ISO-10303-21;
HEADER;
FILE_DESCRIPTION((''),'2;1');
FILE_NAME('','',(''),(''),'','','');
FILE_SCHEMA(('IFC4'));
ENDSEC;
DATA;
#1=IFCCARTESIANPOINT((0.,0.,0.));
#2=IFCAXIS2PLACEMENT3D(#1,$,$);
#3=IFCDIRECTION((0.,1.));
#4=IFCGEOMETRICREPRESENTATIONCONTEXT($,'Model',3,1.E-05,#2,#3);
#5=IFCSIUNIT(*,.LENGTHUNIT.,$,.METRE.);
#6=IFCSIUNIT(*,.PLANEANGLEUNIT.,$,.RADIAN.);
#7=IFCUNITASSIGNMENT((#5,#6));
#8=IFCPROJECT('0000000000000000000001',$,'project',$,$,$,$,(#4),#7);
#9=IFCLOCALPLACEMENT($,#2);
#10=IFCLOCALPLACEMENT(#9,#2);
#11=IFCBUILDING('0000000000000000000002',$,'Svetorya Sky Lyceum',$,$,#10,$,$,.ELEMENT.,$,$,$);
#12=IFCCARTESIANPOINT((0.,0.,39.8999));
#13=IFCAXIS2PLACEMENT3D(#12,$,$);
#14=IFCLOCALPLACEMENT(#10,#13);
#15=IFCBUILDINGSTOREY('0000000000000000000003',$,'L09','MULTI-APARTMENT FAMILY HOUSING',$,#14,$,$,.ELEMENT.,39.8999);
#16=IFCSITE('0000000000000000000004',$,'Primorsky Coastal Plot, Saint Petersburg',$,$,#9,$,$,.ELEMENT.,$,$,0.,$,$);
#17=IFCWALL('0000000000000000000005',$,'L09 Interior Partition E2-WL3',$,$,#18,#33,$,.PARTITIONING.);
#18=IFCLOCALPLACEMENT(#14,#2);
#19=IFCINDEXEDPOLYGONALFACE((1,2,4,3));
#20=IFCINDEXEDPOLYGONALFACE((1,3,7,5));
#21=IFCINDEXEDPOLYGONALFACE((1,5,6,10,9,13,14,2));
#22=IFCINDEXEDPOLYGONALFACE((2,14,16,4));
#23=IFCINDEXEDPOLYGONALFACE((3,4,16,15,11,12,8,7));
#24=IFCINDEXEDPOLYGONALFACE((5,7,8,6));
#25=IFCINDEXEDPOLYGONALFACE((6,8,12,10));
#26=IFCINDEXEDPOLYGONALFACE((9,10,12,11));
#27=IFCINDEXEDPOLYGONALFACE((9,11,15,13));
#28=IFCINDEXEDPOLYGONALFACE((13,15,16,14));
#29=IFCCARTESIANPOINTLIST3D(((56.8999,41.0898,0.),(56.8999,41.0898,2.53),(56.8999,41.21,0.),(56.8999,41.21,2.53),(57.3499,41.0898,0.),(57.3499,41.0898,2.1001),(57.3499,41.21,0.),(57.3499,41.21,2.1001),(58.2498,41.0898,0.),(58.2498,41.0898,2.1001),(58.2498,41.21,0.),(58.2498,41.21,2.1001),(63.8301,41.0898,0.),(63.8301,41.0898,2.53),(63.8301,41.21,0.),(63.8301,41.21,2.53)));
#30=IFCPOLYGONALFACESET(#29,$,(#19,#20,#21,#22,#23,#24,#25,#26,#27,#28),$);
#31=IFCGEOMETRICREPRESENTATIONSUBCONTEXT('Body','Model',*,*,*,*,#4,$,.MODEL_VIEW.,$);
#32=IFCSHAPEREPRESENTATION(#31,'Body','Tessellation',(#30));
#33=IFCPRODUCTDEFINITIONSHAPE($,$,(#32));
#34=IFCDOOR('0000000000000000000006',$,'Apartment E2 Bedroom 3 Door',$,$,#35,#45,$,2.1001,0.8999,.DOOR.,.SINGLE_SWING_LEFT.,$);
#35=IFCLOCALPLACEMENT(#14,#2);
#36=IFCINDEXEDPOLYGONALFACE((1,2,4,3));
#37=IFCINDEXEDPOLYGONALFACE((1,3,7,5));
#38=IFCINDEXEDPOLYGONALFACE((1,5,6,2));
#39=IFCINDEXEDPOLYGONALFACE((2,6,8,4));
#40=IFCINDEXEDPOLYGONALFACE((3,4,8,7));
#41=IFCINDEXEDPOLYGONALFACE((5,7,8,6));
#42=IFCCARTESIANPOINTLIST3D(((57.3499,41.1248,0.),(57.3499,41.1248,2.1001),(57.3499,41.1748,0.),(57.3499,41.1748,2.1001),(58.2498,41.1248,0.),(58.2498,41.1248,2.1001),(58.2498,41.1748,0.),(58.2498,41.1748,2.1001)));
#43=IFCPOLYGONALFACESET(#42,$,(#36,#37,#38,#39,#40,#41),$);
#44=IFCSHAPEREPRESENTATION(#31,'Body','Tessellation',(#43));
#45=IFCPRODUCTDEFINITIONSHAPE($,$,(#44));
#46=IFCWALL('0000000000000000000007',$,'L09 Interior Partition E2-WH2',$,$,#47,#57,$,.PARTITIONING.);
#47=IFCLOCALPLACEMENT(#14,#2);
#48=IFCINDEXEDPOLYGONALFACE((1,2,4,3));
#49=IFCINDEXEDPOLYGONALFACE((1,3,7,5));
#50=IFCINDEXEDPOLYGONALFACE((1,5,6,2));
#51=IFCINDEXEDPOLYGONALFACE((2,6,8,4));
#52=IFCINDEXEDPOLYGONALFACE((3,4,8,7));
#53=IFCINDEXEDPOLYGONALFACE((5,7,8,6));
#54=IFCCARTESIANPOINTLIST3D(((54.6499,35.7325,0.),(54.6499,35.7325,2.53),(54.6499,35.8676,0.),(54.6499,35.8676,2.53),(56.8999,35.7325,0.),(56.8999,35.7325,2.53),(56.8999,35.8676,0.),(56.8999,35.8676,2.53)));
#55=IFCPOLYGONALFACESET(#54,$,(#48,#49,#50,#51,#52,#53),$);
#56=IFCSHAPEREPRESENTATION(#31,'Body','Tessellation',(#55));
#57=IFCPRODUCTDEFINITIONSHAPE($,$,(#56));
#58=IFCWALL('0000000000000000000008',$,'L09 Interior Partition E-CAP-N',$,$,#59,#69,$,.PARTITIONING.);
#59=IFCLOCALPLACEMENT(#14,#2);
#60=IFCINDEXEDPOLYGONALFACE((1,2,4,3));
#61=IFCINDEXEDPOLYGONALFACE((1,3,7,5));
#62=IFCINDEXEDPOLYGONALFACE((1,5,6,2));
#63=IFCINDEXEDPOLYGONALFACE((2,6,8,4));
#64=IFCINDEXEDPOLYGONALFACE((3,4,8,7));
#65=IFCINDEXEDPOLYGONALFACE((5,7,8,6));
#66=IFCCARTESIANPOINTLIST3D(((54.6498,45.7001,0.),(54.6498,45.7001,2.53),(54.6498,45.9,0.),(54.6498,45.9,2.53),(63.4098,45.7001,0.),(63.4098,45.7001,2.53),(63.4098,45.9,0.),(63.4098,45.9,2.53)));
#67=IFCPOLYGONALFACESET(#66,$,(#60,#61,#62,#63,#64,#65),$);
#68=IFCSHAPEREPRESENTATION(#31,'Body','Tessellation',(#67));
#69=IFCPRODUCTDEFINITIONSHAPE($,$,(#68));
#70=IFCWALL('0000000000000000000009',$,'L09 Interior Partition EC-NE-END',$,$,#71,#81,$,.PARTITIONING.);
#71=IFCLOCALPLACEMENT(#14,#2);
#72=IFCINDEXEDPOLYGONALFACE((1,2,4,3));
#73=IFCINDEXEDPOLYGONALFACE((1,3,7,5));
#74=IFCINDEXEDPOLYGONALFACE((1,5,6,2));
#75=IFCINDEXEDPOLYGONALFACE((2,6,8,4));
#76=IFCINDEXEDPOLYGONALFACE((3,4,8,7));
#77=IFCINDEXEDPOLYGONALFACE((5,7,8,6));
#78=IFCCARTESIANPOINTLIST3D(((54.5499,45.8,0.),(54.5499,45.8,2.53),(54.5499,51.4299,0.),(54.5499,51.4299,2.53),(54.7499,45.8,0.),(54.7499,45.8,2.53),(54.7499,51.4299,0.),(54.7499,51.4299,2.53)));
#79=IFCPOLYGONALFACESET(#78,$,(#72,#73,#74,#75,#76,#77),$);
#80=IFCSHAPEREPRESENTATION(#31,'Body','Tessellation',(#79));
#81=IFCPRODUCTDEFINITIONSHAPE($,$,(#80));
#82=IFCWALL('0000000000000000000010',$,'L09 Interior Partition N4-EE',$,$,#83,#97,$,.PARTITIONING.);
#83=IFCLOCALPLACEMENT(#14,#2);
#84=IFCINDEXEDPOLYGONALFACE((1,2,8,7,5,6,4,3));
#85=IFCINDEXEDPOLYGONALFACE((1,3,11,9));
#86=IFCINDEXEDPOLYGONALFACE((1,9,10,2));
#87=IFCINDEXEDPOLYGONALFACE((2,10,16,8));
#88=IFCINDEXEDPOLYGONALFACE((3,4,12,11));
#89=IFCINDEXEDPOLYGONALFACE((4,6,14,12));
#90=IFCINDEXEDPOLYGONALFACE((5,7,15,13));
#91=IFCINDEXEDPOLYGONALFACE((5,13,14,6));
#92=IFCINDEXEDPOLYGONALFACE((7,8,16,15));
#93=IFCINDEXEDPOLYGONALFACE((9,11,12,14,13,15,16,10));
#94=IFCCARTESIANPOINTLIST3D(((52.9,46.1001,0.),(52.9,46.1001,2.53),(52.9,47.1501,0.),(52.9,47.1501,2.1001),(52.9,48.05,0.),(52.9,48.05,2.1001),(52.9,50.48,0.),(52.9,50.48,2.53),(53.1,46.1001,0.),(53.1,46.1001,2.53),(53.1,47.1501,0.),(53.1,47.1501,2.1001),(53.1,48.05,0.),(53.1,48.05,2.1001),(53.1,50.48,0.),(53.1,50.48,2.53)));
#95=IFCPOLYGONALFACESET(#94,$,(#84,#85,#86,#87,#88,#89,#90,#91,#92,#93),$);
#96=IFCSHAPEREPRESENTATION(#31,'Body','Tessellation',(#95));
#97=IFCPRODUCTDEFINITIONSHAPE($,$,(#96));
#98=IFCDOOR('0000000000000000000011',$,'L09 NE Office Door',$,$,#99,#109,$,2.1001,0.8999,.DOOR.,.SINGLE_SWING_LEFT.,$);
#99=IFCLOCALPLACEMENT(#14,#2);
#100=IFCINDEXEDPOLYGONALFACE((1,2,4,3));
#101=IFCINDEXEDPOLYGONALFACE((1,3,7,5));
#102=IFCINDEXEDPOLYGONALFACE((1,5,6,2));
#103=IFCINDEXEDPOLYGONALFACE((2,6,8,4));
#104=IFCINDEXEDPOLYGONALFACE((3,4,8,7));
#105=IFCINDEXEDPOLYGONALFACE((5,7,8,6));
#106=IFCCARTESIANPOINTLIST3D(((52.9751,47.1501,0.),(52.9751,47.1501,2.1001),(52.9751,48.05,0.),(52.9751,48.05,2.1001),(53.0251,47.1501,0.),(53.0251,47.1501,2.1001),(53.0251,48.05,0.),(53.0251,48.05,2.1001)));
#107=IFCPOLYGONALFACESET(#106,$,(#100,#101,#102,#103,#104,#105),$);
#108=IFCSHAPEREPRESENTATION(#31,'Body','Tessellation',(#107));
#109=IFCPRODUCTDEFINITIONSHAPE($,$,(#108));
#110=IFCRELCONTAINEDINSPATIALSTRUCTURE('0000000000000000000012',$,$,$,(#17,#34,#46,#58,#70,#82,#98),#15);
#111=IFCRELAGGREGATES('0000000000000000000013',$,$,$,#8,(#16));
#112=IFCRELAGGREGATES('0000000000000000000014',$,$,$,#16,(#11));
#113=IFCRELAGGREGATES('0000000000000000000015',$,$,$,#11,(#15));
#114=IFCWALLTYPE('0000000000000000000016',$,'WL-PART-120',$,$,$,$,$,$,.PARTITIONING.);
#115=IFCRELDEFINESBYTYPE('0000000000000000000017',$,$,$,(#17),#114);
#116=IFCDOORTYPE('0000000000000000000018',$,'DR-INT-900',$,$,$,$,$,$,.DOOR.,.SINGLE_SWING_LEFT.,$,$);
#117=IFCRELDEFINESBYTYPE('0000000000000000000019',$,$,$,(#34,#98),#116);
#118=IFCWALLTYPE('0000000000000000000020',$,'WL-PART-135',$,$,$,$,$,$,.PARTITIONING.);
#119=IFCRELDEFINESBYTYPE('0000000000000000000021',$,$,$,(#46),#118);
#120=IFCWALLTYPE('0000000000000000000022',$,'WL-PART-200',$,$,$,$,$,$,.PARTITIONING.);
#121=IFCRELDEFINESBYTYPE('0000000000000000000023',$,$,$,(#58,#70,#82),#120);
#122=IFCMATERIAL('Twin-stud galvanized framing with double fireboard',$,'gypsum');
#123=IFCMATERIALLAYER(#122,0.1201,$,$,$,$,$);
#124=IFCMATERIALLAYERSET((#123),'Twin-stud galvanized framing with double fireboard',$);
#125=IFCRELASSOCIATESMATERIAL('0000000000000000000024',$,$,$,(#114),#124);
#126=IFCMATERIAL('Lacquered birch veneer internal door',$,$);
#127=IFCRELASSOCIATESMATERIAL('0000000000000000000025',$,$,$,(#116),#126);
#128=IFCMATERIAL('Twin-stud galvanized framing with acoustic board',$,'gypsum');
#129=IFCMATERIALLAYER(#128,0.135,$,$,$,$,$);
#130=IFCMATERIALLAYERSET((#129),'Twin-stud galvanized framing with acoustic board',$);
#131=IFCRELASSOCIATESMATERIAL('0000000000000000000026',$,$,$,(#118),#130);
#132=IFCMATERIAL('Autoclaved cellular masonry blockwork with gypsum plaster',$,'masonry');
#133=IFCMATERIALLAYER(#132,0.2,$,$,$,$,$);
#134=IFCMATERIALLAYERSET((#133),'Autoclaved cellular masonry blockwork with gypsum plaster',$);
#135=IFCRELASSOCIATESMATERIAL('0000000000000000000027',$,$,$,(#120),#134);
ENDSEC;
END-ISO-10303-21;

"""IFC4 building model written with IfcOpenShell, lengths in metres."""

from ifc_helpers import new_model, si_unit, direction, frame, frame_2d, origin, place, context, subcontext, project, spatial, rectangle, extrude, material, layer, layer_set, type_object, element, fill, save


model = new_model("IFC4")

# Units and contexts
model_context = context("Model", 3, precision=1e-05, world=origin(), true_north=direction((0.0, 1.0)))
body_context = subcontext(model_context, "Body", "Model", "MODEL_VIEW")
ifc_project = project(units=[si_unit("LENGTHUNIT", "METRE"), si_unit("PLANEANGLEUNIT", "RADIAN")], contexts=[model_context])

# Site, building, storey
site_placement = place(None, origin())
site = spatial("IfcSite", under=ifc_project, at=site_placement, Name="Primorsky Coastal Plot, Saint Petersburg", CompositionType="ELEMENT", RefElevation=0.0)
building_placement = place(site_placement, origin())
building = spatial("IfcBuilding", under=site, at=building_placement, Name="Svetorya Sky Lyceum", CompositionType="ELEMENT")
storey_placement = place(building_placement, frame((0.0, 0.0, 39.8999)))
storey = spatial("IfcBuildingStorey", under=building, at=storey_placement, Name="L09", Description="MULTI-APARTMENT FAMILY HOUSING", CompositionType="ELEMENT", Elevation=39.8999)

# Wall, opening, door
ifc_material_1 = material(Name="Twin-stud galvanized framing with double fireboard", Category="gypsum")
ifc_layer_1 = layer(ifc_material_1, 0.1201)
ifc_layer_set_1 = layer_set([ifc_layer_1], Name="Twin-stud galvanized framing with double fireboard")
wall_type_1 = type_object("IfcWallType", Name="WL-PART-120", PredefinedType="PARTITIONING", material=ifc_layer_set_1)
ifc_material_2 = material(Name="Lacquered birch veneer internal door")
door_type_1 = type_object("IfcDoorType", Name="DR-INT-900", OperationType="SINGLE_SWING_LEFT", PredefinedType="DOOR", material=ifc_material_2)
wall_1_placement = place(storey_placement, frame((56.8999, 41.1499, 0.0), z_axis=(0.0, 0.0, 1.0), x_axis=(1.0, 0.0, 0.0)))
wall_1 = element("IfcWall", 1, at=wall_1_placement, inside=storey, type_object=wall_type_1, Name="L09 Interior Partition E2-WL3", PredefinedType="PARTITIONING", context=body_context, shape_type="SweptSolid", body=[
    extrude(rectangle(XDim=6.9302, YDim=0.1201, at=frame_2d((3.4651, 0.0))), origin(), (0.0, 0.0, 1.0), 2.53),
])
opening_1_placement = place(wall_1_placement, frame((0.45, 0.0, 0.0)))
opening_1 = element("IfcOpeningElement", 2, at=opening_1_placement, cuts=wall_1, PredefinedType="OPENING", context=body_context, shape_type="SweptSolid", body=[
    extrude(rectangle(XDim=0.8999, YDim=2.1001, at=frame_2d((0.45, 1.05))), frame((0.0, 0.0701, 0.0), z_axis=(0.0, -1.0, 0.0), x_axis=(1.0, 0.0, 0.0)), (0.0, 0.0, 1.0), 0.1401),
])
door_1_placement = place(opening_1_placement, origin())
door_1 = element("IfcDoor", 3, at=door_1_placement, inside=storey, type_object=door_type_1, Name="Apartment E2 Bedroom 3 Door", OperationType="SINGLE_SWING_LEFT", OverallHeight=2.1001, OverallWidth=0.8999, PredefinedType="DOOR", context=body_context, shape_type="SweptSolid", body=[
    extrude(rectangle(XDim=0.8999, YDim=2.1001, at=frame_2d((0.45, 1.05))), frame((0.0, 0.0249, 0.0), z_axis=(0.0, -1.0, 0.0), x_axis=(1.0, 0.0, 0.0)), (0.0, 0.0, 1.0), 0.05),
])
fill(opening_1, door_1)

# Walls
ifc_material_3 = material(Name="Twin-stud galvanized framing with acoustic board", Category="gypsum")
ifc_layer_2 = layer(ifc_material_3, 0.135)
ifc_layer_set_2 = layer_set([ifc_layer_2], Name="Twin-stud galvanized framing with acoustic board")
wall_type_2 = type_object("IfcWallType", Name="WL-PART-135", PredefinedType="PARTITIONING", material=ifc_layer_set_2)
wall_2_placement = place(storey_placement, frame((54.6499, 35.8, 0.0), z_axis=(0.0, 0.0, 1.0), x_axis=(1.0, 0.0, 0.0)))
element("IfcWall", 4, at=wall_2_placement, inside=storey, type_object=wall_type_2, Name="L09 Interior Partition E2-WH2", PredefinedType="PARTITIONING", context=body_context, shape_type="SweptSolid", body=[
    extrude(rectangle(XDim=2.25, YDim=0.135, at=frame_2d((1.125, 0.0))), origin(), (0.0, 0.0, 1.0), 2.53),
])
ifc_material_4 = material(Name="Autoclaved cellular masonry blockwork with gypsum plaster", Category="masonry")
ifc_layer_3 = layer(ifc_material_4, 0.2)
ifc_layer_set_3 = layer_set([ifc_layer_3], Name="Autoclaved cellular masonry blockwork with gypsum plaster")
wall_type_3 = type_object("IfcWallType", Name="WL-PART-200", PredefinedType="PARTITIONING", material=ifc_layer_set_3)
wall_3_placement = place(storey_placement, frame((54.6499, 45.8, 0.0), z_axis=(0.0, 0.0, 1.0), x_axis=(1.0, 0.0, 0.0)))
element("IfcWall", 5, at=wall_3_placement, inside=storey, type_object=wall_type_3, Name="L09 Interior Partition E-CAP-N", PredefinedType="PARTITIONING", context=body_context, shape_type="SweptSolid", body=[
    extrude(rectangle(XDim=8.76, YDim=0.2, at=frame_2d((4.3799, 0.0))), origin(), (0.0, 0.0, 1.0), 2.53),
])
wall_4_placement = place(storey_placement, frame((54.6499, 45.8, 0.0), z_axis=(0.0, 0.0, 1.0), x_axis=(0.0, 1.0, 0.0)))
element("IfcWall", 6, at=wall_4_placement, inside=storey, type_object=wall_type_3, Name="L09 Interior Partition EC-NE-END", PredefinedType="PARTITIONING", context=body_context, shape_type="SweptSolid", body=[
    extrude(rectangle(XDim=5.6299, YDim=0.2, at=frame_2d((2.8149, 0.0))), origin(), (0.0, 0.0, 1.0), 2.53),
])

# Wall, opening, door
wall_5_placement = place(storey_placement, frame((53.0, 46.1001, 0.0), z_axis=(0.0, 0.0, 1.0), x_axis=(0.0, 1.0, 0.0)))
wall_5 = element("IfcWall", 7, at=wall_5_placement, inside=storey, type_object=wall_type_3, Name="L09 Interior Partition N4-EE", PredefinedType="PARTITIONING", context=body_context, shape_type="SweptSolid", body=[
    extrude(rectangle(XDim=4.3799, YDim=0.2, at=frame_2d((2.1899, 0.0))), origin(), (0.0, 0.0, 1.0), 2.53),
])
opening_2_placement = place(wall_5_placement, frame((1.05, 0.0, 0.0)))
opening_2 = element("IfcOpeningElement", 8, at=opening_2_placement, cuts=wall_5, PredefinedType="OPENING", context=body_context, shape_type="SweptSolid", body=[
    extrude(rectangle(XDim=0.8999, YDim=2.1001, at=frame_2d((0.45, 1.05))), frame((0.0, 0.1099, 0.0), z_axis=(0.0, -1.0, 0.0), x_axis=(1.0, 0.0, 0.0)), (0.0, 0.0, 1.0), 0.22),
])
door_2_placement = place(opening_2_placement, origin())
door_2 = element("IfcDoor", 9, at=door_2_placement, inside=storey, type_object=door_type_1, Name="L09 NE Office Door", OperationType="SINGLE_SWING_LEFT", OverallHeight=2.1001, OverallWidth=0.8999, PredefinedType="DOOR", context=body_context, shape_type="SweptSolid", body=[
    extrude(rectangle(XDim=0.8999, YDim=2.1001, at=frame_2d((0.45, 1.05))), frame((0.0, 0.0249, 0.0), z_axis=(0.0, -1.0, 0.0), x_axis=(1.0, 0.0, 0.0)), (0.0, 0.0, 1.0), 0.05),
])
fill(opening_2, door_2)

save(model, "model.ifc")
